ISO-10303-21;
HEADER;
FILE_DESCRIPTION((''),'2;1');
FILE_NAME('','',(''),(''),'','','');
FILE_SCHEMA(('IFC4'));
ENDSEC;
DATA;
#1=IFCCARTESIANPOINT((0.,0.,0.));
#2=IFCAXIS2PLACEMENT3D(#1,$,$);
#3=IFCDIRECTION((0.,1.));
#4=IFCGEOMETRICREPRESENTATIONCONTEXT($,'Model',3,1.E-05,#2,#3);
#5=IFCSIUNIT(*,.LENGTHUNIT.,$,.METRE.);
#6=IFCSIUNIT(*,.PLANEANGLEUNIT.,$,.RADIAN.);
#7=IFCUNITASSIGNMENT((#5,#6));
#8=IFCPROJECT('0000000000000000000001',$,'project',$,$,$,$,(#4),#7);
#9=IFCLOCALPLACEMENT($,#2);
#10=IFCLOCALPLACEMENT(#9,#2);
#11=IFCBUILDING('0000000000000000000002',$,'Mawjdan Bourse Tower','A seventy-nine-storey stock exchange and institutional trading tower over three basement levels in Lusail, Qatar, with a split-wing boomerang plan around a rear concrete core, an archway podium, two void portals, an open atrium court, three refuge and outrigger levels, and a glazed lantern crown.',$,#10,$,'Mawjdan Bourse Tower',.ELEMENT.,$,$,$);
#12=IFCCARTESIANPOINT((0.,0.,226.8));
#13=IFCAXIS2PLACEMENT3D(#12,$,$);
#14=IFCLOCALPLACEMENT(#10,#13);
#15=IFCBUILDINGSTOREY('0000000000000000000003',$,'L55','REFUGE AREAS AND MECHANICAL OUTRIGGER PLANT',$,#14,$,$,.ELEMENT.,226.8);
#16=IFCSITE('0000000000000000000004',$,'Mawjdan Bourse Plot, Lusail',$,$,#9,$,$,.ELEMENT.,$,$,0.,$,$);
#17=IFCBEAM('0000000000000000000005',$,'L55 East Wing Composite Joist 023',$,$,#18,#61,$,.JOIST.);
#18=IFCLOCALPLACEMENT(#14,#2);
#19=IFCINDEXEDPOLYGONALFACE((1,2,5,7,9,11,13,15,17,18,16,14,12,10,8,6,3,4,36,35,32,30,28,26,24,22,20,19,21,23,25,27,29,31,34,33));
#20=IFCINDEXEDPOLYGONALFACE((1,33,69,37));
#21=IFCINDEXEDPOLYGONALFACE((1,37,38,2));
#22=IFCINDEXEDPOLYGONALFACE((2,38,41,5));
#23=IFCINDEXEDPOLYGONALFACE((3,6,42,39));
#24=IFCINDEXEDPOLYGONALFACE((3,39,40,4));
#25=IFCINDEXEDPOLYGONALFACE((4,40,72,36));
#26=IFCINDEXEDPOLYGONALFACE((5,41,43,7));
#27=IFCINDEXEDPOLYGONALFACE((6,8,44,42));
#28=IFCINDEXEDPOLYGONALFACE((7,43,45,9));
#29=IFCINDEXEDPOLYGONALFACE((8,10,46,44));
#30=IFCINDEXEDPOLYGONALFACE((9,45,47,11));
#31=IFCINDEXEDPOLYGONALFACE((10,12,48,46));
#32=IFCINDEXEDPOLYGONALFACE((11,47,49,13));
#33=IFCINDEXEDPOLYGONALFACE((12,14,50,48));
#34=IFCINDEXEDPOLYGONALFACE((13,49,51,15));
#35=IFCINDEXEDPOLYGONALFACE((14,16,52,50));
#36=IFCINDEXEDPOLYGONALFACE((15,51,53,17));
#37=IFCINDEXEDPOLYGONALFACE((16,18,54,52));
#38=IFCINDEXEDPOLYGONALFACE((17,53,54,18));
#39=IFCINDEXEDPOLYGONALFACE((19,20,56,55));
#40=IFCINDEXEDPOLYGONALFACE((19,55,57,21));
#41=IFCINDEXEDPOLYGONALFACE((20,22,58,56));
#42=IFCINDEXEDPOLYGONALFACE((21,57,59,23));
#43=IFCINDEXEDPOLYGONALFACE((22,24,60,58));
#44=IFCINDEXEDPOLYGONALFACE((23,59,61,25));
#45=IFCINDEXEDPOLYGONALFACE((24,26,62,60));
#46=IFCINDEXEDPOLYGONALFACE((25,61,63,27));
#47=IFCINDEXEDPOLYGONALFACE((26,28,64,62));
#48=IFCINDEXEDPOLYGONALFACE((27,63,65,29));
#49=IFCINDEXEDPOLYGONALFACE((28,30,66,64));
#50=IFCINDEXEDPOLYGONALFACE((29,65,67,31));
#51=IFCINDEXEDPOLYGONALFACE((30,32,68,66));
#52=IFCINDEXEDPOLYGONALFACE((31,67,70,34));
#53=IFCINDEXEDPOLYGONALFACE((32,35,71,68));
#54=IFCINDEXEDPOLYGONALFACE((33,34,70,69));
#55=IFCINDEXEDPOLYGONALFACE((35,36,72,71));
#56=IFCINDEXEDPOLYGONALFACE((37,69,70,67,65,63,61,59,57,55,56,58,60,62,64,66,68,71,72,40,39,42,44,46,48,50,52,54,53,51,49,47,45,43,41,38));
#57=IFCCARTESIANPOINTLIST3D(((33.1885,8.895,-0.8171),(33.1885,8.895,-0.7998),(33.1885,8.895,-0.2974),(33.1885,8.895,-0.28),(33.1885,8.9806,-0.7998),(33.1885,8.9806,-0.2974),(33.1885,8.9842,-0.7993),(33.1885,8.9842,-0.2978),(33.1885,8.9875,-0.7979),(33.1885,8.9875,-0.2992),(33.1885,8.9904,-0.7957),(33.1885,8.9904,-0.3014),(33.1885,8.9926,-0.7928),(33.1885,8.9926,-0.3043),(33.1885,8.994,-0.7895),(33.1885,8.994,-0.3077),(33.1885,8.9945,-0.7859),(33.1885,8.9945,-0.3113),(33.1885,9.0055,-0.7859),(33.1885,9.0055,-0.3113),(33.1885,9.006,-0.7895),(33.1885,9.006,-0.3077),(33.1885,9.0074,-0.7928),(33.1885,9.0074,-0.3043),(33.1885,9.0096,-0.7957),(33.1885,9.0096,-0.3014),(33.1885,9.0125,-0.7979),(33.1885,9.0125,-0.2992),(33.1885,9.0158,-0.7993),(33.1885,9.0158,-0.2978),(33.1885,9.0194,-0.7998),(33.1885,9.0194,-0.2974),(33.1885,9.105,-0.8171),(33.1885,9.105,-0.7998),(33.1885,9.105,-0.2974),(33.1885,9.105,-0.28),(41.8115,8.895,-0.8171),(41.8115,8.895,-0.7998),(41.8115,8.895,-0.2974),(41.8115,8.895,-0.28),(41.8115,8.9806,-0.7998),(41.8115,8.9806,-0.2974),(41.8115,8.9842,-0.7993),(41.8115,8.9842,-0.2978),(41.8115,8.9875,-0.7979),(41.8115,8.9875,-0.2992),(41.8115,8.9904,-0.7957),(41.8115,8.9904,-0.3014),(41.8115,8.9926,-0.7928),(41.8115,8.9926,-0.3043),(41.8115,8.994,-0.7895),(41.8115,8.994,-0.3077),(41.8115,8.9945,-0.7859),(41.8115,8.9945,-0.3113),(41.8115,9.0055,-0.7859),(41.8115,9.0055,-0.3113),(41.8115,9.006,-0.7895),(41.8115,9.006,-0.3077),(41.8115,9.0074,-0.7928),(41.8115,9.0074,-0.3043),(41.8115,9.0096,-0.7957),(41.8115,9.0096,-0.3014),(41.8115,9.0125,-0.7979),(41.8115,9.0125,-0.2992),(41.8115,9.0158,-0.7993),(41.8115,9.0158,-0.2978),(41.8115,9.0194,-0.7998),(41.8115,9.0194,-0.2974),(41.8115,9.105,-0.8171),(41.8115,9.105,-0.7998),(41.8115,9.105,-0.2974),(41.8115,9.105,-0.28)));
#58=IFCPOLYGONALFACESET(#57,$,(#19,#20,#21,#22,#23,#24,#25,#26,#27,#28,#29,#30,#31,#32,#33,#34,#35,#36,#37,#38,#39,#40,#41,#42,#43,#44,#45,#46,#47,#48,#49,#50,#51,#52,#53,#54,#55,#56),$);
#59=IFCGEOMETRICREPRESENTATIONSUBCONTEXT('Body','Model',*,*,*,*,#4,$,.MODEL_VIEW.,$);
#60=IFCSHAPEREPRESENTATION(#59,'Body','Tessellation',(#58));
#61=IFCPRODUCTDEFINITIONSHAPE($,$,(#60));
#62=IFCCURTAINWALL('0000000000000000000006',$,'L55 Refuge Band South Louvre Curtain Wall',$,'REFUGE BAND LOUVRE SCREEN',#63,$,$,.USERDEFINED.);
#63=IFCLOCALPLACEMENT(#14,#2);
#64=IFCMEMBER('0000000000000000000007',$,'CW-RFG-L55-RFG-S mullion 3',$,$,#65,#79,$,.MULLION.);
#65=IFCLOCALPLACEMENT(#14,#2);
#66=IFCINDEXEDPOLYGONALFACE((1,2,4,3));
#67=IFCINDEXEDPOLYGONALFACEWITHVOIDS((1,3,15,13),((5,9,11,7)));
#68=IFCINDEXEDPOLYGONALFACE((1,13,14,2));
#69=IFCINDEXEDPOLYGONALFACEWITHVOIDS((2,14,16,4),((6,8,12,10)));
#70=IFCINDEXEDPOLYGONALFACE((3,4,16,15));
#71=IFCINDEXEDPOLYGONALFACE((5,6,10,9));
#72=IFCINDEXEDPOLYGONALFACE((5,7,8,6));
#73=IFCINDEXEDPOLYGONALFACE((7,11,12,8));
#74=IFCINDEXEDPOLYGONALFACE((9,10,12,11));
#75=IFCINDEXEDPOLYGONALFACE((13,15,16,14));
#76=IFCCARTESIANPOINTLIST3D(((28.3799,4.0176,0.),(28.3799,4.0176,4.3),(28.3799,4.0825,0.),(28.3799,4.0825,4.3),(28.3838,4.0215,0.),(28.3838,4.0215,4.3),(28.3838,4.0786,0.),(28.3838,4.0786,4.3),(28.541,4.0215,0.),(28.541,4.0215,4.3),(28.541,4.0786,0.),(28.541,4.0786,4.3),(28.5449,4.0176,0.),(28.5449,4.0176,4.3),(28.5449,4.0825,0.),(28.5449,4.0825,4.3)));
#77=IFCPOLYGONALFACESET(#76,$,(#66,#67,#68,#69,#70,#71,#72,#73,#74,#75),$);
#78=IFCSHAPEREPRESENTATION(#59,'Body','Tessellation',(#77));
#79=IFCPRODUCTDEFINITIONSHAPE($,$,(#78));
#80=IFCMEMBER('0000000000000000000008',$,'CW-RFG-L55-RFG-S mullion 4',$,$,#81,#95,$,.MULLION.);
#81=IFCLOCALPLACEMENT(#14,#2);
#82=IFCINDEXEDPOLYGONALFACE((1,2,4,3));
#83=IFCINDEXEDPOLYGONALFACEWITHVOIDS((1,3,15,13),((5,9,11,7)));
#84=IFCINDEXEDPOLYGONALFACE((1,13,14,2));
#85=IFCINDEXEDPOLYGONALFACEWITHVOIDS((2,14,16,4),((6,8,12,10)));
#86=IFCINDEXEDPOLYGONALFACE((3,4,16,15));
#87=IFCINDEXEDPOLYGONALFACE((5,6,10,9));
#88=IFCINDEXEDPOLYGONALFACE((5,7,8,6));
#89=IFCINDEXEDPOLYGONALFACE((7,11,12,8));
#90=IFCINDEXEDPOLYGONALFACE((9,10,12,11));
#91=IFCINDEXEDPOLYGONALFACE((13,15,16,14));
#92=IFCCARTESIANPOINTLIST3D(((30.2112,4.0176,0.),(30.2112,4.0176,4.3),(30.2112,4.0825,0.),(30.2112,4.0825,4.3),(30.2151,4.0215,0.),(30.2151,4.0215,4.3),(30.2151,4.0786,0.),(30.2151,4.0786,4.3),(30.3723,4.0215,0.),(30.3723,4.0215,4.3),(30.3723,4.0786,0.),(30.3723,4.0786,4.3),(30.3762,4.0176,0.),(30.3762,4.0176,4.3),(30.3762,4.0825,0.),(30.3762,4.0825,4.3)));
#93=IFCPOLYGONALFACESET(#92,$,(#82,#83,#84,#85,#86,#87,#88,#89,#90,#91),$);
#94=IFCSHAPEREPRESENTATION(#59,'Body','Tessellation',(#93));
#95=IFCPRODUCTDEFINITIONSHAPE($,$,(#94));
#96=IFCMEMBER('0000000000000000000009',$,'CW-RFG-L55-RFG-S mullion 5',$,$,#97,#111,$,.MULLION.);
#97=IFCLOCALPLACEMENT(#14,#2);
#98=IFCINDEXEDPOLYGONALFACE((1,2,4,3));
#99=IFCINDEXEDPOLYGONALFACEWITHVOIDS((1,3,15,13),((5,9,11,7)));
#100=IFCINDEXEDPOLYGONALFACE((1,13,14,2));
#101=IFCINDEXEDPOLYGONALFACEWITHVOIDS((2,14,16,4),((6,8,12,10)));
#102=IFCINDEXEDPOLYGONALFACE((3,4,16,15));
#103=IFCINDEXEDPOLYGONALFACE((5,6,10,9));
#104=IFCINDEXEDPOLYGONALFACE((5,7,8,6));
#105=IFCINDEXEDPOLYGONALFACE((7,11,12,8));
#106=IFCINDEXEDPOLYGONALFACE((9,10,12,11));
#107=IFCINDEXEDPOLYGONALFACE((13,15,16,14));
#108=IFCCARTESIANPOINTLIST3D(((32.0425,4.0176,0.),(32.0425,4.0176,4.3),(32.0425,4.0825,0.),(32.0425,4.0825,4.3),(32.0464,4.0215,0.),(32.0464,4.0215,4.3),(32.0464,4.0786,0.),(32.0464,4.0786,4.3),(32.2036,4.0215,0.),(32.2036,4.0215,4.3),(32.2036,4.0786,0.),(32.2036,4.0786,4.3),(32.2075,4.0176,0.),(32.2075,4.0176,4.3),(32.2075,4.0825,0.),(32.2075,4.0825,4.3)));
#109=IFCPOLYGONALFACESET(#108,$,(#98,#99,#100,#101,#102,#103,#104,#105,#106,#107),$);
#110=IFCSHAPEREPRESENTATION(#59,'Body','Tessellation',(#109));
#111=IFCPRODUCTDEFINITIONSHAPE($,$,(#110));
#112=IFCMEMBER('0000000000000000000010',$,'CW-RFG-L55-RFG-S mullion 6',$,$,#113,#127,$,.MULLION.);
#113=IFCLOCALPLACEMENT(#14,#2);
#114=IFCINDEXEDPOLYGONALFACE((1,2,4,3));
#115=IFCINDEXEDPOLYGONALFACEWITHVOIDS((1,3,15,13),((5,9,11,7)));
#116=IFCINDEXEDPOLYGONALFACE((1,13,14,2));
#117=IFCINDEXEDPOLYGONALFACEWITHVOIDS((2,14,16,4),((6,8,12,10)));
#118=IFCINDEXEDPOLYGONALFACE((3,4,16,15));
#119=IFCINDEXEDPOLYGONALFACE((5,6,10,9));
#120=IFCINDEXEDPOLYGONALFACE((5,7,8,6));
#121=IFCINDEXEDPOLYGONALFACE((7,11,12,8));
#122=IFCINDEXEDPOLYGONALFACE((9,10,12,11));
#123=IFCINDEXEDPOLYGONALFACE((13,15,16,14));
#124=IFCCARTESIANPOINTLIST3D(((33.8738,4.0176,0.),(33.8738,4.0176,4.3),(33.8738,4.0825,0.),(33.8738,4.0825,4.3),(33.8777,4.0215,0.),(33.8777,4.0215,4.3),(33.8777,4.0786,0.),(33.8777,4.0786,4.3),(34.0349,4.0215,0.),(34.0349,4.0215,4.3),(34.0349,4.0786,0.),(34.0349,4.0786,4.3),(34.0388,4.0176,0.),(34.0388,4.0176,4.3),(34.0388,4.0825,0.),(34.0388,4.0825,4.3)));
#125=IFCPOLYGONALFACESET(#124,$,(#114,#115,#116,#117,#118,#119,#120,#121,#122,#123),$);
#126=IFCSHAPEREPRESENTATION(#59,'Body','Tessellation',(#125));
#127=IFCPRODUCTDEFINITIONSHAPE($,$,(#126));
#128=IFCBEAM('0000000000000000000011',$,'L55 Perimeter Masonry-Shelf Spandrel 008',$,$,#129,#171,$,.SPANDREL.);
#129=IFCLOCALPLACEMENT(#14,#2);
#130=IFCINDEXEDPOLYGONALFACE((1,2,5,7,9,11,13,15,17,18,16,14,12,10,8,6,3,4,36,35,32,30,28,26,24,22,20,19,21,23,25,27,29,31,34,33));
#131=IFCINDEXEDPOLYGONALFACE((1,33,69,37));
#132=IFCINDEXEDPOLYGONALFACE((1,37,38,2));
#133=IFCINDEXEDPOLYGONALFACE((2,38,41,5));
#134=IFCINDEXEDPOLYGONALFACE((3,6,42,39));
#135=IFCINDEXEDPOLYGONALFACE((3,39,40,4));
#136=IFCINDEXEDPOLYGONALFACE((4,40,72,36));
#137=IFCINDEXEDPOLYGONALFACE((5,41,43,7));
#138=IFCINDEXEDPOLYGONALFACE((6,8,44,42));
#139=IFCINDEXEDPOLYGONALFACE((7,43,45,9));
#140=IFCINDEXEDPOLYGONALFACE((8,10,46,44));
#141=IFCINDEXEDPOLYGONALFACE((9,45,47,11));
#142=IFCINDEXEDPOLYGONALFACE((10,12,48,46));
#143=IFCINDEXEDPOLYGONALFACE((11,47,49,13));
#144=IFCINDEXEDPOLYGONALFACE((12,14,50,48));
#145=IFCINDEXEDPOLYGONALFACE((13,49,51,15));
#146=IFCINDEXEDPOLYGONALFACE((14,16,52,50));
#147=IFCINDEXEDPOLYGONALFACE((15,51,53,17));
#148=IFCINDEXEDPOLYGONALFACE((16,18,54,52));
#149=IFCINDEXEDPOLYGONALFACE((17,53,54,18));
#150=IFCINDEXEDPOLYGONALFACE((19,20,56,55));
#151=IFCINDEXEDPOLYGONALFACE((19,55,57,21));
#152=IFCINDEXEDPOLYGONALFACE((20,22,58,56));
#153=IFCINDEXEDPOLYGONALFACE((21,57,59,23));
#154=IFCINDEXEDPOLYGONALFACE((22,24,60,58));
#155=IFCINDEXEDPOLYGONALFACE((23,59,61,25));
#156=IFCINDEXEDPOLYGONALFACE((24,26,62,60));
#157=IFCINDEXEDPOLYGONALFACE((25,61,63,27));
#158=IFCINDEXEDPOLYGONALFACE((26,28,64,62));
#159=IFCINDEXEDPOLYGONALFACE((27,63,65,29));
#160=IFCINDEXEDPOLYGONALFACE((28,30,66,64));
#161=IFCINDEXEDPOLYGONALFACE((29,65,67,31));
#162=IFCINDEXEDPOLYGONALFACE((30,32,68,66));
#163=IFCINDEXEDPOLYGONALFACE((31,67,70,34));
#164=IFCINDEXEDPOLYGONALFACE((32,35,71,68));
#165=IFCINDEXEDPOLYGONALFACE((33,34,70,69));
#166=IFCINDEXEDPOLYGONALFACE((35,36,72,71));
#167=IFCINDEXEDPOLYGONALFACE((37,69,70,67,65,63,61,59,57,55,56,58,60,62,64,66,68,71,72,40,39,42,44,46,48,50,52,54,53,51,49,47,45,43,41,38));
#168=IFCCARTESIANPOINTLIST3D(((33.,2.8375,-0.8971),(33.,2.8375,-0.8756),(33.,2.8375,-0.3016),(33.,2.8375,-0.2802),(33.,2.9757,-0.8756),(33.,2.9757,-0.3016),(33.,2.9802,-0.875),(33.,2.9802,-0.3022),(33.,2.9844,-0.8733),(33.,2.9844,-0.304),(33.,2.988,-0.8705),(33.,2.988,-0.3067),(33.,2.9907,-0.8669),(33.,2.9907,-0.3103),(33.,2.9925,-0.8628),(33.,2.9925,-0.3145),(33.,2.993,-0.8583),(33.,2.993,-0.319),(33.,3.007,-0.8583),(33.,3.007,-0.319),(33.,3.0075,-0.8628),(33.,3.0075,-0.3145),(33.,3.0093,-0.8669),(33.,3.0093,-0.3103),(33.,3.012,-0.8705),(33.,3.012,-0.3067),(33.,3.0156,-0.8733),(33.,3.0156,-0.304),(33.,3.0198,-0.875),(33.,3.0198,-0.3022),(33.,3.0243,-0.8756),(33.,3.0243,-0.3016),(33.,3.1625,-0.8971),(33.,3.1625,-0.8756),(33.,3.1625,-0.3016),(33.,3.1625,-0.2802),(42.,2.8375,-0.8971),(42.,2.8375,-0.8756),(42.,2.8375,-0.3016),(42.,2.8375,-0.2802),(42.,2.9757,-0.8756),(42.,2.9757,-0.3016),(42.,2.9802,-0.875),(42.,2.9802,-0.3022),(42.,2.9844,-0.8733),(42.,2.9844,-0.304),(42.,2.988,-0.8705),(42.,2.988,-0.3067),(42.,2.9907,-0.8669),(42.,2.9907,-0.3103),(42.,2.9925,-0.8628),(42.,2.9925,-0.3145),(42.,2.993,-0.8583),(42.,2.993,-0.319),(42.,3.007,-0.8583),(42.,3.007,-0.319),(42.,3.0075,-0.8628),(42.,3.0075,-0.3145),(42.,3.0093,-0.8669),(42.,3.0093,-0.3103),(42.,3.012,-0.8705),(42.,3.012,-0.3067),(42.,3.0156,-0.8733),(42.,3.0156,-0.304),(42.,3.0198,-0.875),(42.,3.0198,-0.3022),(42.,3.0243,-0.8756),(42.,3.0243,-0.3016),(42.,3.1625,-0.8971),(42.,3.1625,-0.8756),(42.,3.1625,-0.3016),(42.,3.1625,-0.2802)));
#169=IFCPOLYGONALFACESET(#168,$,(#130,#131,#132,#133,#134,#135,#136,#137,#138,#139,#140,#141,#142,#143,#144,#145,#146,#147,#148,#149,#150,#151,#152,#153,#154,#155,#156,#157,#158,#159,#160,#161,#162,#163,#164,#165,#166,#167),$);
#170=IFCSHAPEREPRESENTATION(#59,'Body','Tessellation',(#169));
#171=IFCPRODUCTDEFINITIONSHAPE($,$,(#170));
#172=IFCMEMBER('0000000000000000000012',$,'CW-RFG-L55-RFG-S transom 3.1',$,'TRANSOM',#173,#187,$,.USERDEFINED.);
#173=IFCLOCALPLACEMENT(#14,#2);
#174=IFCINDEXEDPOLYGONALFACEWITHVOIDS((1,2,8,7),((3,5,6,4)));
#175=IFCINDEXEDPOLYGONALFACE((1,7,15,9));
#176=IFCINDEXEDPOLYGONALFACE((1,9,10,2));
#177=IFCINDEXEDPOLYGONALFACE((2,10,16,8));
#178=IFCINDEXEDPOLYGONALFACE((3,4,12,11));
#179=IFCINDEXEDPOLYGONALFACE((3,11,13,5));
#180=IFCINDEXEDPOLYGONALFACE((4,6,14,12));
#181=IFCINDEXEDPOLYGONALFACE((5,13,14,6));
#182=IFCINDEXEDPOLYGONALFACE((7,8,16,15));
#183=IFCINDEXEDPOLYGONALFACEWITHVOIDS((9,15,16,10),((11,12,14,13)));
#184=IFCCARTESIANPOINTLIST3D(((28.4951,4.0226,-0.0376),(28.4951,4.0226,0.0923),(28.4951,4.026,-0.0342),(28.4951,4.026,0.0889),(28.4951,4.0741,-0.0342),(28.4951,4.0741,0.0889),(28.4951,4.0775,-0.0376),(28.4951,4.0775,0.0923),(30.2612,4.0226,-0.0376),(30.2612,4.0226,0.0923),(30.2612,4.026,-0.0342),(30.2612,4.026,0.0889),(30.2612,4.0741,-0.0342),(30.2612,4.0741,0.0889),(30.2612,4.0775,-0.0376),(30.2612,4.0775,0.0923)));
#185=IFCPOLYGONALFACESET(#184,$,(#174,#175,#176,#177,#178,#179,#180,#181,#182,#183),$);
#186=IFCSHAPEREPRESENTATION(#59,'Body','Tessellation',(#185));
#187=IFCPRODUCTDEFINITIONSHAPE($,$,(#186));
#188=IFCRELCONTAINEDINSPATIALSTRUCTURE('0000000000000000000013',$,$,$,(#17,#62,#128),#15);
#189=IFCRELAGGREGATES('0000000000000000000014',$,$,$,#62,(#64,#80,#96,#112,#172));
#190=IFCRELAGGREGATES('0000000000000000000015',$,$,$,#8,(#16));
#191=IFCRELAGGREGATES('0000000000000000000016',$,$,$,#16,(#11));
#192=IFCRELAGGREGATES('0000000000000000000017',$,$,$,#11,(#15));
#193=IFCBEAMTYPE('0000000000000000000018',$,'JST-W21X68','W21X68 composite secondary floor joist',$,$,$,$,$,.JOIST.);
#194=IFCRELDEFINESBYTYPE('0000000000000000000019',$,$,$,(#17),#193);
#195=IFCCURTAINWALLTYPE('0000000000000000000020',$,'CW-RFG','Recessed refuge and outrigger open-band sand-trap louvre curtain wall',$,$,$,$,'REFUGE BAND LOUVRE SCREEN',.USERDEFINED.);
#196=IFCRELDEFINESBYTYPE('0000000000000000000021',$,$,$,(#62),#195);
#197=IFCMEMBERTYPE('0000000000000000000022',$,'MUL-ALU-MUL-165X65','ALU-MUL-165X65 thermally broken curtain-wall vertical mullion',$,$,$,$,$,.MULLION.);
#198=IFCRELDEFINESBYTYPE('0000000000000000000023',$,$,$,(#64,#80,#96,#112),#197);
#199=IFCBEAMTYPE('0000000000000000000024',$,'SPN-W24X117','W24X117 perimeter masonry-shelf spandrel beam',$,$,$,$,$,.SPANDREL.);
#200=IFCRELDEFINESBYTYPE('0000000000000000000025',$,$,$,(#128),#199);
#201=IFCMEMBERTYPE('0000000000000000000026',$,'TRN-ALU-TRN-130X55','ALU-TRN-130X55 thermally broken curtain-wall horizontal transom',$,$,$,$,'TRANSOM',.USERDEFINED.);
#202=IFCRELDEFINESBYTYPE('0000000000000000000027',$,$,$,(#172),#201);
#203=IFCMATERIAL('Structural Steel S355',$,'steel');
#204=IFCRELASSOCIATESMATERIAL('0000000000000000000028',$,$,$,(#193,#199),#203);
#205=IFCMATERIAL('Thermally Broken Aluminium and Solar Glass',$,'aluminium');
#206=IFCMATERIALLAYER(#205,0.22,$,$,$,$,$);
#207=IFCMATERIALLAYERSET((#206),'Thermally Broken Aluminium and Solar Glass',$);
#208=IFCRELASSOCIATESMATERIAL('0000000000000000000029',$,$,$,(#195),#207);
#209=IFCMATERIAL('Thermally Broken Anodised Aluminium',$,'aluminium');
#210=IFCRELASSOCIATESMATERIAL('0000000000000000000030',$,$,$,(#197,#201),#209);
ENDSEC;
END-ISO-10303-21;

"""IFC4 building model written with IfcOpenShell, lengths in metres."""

from ifc_helpers import new_model, si_unit, direction, frame, origin, origin_2d, place, context, subcontext, project, spatial, hollow_rectangle, i_section, extrude, material, layer, layer_set, material_profile, profile_set, type_object, element, aggregate, save


model = new_model("IFC4")

# Units and contexts
model_context = context("Model", 3, precision=1e-05, world=origin(), true_north=direction((0.0, 1.0)))
body_context = subcontext(model_context, "Body", "Model", "MODEL_VIEW")
ifc_project = project(units=[si_unit("LENGTHUNIT", "METRE"), si_unit("PLANEANGLEUNIT", "RADIAN")], contexts=[model_context])

# Site, building, storey
site_placement = place(None, origin())
site = spatial("IfcSite", under=ifc_project, at=site_placement, Name="Mawjdan Bourse Plot, Lusail", CompositionType="ELEMENT", RefElevation=0.0)
building_placement = place(site_placement, origin())
building = spatial("IfcBuilding", under=site, at=building_placement, Name="Mawjdan Bourse Tower", Description="A seventy-nine-storey stock exchange and institutional trading tower over three basement levels in Lusail, Qatar, with a split-wing boomerang plan around a rear concrete core, an archway podium, two void portals, an open atrium court, three refuge and outrigger levels, and a glazed lantern crown.", LongName="Mawjdan Bourse Tower", CompositionType="ELEMENT")
storey_placement = place(building_placement, frame((0.0, 0.0, 226.8)))
storey = spatial("IfcBuildingStorey", under=building, at=storey_placement, Name="L55", Description="REFUGE AREAS AND MECHANICAL OUTRIGGER PLANT", CompositionType="ELEMENT", Elevation=226.8)

# Shared definitions
ifc_material_1 = material(Name="Structural Steel S355", Category="steel")

# Beam
ifc_material_profile_1 = material_profile(ifc_material_1, i_section(OverallWidth=0.21, OverallDepth=0.5371, WebThickness=0.011, FlangeThickness=0.0173, FilletRadius=0.0139, at=origin_2d()), Name="W21X68")
ifc_profile_set_1 = profile_set([ifc_material_profile_1], Name="Structural Steel S355")
beam_type_1 = type_object("IfcBeamType", Name="JST-W21X68", Description="W21X68 composite secondary floor joist", PredefinedType="JOIST", material=ifc_profile_set_1)
for number, where, z_axis, x_axis, name in (
    (1, (33.1885, 9.0, -0.5486), (1.0, 0.0, 0.0), (0.0, 1.0, 0.0), "L55 East Wing Composite Joist 023"),
):
    element("IfcBeam", number, at=place(storey_placement, frame(where, z_axis=z_axis, x_axis=x_axis)), inside=storey, type_object=beam_type_1, Name=name, PredefinedType="JOIST", context=body_context, shape_type="SweptSolid", body=[
        extrude(i_section(OverallWidth=0.21, OverallDepth=0.5371, WebThickness=0.011, FlangeThickness=0.0173, FilletRadius=0.0139, at=origin_2d()), origin(), (0.0, 0.0, 1.0), 8.623),
    ])

# Curtain wall, members
ifc_material_2 = material(Name="Thermally Broken Aluminium and Solar Glass", Category="aluminium")
ifc_layer_1 = layer(ifc_material_2, 0.22)
ifc_layer_set_1 = layer_set([ifc_layer_1], Name="Thermally Broken Aluminium and Solar Glass")
curtain_wall_type = type_object("IfcCurtainWallType", Name="CW-RFG", Description="Recessed refuge and outrigger open-band sand-trap louvre curtain wall", ElementType="REFUGE BAND LOUVRE SCREEN", PredefinedType="USERDEFINED", material=ifc_layer_set_1)
curtain_wall_placement = place(storey_placement, origin())
curtain_wall = element("IfcCurtainWall", 2, at=curtain_wall_placement, inside=storey, type_object=curtain_wall_type, Name="L55 Refuge Band South Louvre Curtain Wall", ObjectType="REFUGE BAND LOUVRE SCREEN", PredefinedType="USERDEFINED")
ifc_material_3 = material(Name="Thermally Broken Anodised Aluminium", Category="aluminium")
ifc_material_profile_2 = material_profile(ifc_material_3, hollow_rectangle(XDim=0.0649, YDim=0.165, WallThickness=0.0039, at=origin_2d()), Name="ALU-MUL-165X65")
ifc_profile_set_2 = profile_set([ifc_material_profile_2], Name="Thermally Broken Anodised Aluminium")
member_type_1 = type_object("IfcMemberType", Name="MUL-ALU-MUL-165X65", Description="ALU-MUL-165X65 thermally broken curtain-wall vertical mullion", PredefinedType="MULLION", material=ifc_profile_set_2)
member_1_placement = place(storey_placement, frame((28.4624, 4.05, 0.0), z_axis=(0.0, 0.0, 1.0), x_axis=(0.0, 1.0, 0.0)))
member_1 = element("IfcMember", 3, at=member_1_placement, type_object=member_type_1, Name="CW-RFG-L55-RFG-S mullion 3", PredefinedType="MULLION", context=body_context, shape_type="SweptSolid", body=[
    extrude(hollow_rectangle(XDim=0.0649, YDim=0.165, WallThickness=0.0039, at=origin_2d()), origin(), (0.0, 0.0, 1.0), 4.3),
])
member_2_placement = place(storey_placement, frame((30.2937, 4.05, 0.0), z_axis=(0.0, 0.0, 1.0), x_axis=(0.0, 1.0, 0.0)))
member_2 = element("IfcMember", 4, at=member_2_placement, type_object=member_type_1, Name="CW-RFG-L55-RFG-S mullion 4", PredefinedType="MULLION", context=body_context, shape_type="SweptSolid", body=[
    extrude(hollow_rectangle(XDim=0.0649, YDim=0.165, WallThickness=0.0039, at=origin_2d()), origin(), (0.0, 0.0, 1.0), 4.3),
])
member_3_placement = place(storey_placement, frame((32.125, 4.05, 0.0), z_axis=(0.0, 0.0, 1.0), x_axis=(0.0, 1.0, 0.0)))
member_3 = element("IfcMember", 5, at=member_3_placement, type_object=member_type_1, Name="CW-RFG-L55-RFG-S mullion 5", PredefinedType="MULLION", context=body_context, shape_type="SweptSolid", body=[
    extrude(hollow_rectangle(XDim=0.0649, YDim=0.165, WallThickness=0.0039, at=origin_2d()), origin(), (0.0, 0.0, 1.0), 4.3),
])
member_4_placement = place(storey_placement, frame((33.9563, 4.05, 0.0), z_axis=(0.0, 0.0, 1.0), x_axis=(0.0, 1.0, 0.0)))
member_4 = element("IfcMember", 6, at=member_4_placement, type_object=member_type_1, Name="CW-RFG-L55-RFG-S mullion 6", PredefinedType="MULLION", context=body_context, shape_type="SweptSolid", body=[
    extrude(hollow_rectangle(XDim=0.0649, YDim=0.165, WallThickness=0.0039, at=origin_2d()), origin(), (0.0, 0.0, 1.0), 4.3),
])

# Beam
ifc_material_profile_3 = material_profile(ifc_material_1, i_section(OverallWidth=0.325, OverallDepth=0.6169, WebThickness=0.0139, FlangeThickness=0.0215, FilletRadius=0.0173, at=origin_2d()), Name="W24X117")
ifc_profile_set_3 = profile_set([ifc_material_profile_3], Name="Structural Steel S355")
beam_type_2 = type_object("IfcBeamType", Name="SPN-W24X117", Description="W24X117 perimeter masonry-shelf spandrel beam", PredefinedType="SPANDREL", material=ifc_profile_set_3)
beam_1_placement = place(storey_placement, frame((33.0, 3.0, -0.5886), z_axis=(1.0, 0.0, 0.0), x_axis=(0.0, 1.0, 0.0)))
element("IfcBeam", 7, at=beam_1_placement, inside=storey, type_object=beam_type_2, Name="L55 Perimeter Masonry-Shelf Spandrel 008", PredefinedType="SPANDREL", context=body_context, shape_type="SweptSolid", body=[
    extrude(i_section(OverallWidth=0.325, OverallDepth=0.6169, WebThickness=0.0139, FlangeThickness=0.0215, FilletRadius=0.0173, at=origin_2d()), origin(), (0.0, 0.0, 1.0), 9.0),
])

# Member
ifc_material_profile_4 = material_profile(ifc_material_3, hollow_rectangle(XDim=0.0549, YDim=0.1299, WallThickness=0.0034, at=origin_2d()), Name="ALU-TRN-130X55")
ifc_profile_set_4 = profile_set([ifc_material_profile_4], Name="Thermally Broken Anodised Aluminium")
member_type_2 = type_object("IfcMemberType", Name="TRN-ALU-TRN-130X55", Description="ALU-TRN-130X55 thermally broken curtain-wall horizontal transom", ElementType="TRANSOM", PredefinedType="USERDEFINED", material=ifc_profile_set_4)
member_5_placement = place(storey_placement, frame((28.4951, 4.05, 0.0273), z_axis=(1.0, 0.0, 0.0), x_axis=(0.0, 1.0, 0.0)))
member_5 = element("IfcMember", 8, at=member_5_placement, type_object=member_type_2, Name="CW-RFG-L55-RFG-S transom 3.1", ObjectType="TRANSOM", PredefinedType="USERDEFINED", context=body_context, shape_type="SweptSolid", body=[
    extrude(hollow_rectangle(XDim=0.0549, YDim=0.1299, WallThickness=0.0034, at=origin_2d()), origin(), (0.0, 0.0, 1.0), 1.7661),
])

aggregate(curtain_wall, [member_1, member_2, member_3, member_4, member_5])

save(model, "model.ifc")
